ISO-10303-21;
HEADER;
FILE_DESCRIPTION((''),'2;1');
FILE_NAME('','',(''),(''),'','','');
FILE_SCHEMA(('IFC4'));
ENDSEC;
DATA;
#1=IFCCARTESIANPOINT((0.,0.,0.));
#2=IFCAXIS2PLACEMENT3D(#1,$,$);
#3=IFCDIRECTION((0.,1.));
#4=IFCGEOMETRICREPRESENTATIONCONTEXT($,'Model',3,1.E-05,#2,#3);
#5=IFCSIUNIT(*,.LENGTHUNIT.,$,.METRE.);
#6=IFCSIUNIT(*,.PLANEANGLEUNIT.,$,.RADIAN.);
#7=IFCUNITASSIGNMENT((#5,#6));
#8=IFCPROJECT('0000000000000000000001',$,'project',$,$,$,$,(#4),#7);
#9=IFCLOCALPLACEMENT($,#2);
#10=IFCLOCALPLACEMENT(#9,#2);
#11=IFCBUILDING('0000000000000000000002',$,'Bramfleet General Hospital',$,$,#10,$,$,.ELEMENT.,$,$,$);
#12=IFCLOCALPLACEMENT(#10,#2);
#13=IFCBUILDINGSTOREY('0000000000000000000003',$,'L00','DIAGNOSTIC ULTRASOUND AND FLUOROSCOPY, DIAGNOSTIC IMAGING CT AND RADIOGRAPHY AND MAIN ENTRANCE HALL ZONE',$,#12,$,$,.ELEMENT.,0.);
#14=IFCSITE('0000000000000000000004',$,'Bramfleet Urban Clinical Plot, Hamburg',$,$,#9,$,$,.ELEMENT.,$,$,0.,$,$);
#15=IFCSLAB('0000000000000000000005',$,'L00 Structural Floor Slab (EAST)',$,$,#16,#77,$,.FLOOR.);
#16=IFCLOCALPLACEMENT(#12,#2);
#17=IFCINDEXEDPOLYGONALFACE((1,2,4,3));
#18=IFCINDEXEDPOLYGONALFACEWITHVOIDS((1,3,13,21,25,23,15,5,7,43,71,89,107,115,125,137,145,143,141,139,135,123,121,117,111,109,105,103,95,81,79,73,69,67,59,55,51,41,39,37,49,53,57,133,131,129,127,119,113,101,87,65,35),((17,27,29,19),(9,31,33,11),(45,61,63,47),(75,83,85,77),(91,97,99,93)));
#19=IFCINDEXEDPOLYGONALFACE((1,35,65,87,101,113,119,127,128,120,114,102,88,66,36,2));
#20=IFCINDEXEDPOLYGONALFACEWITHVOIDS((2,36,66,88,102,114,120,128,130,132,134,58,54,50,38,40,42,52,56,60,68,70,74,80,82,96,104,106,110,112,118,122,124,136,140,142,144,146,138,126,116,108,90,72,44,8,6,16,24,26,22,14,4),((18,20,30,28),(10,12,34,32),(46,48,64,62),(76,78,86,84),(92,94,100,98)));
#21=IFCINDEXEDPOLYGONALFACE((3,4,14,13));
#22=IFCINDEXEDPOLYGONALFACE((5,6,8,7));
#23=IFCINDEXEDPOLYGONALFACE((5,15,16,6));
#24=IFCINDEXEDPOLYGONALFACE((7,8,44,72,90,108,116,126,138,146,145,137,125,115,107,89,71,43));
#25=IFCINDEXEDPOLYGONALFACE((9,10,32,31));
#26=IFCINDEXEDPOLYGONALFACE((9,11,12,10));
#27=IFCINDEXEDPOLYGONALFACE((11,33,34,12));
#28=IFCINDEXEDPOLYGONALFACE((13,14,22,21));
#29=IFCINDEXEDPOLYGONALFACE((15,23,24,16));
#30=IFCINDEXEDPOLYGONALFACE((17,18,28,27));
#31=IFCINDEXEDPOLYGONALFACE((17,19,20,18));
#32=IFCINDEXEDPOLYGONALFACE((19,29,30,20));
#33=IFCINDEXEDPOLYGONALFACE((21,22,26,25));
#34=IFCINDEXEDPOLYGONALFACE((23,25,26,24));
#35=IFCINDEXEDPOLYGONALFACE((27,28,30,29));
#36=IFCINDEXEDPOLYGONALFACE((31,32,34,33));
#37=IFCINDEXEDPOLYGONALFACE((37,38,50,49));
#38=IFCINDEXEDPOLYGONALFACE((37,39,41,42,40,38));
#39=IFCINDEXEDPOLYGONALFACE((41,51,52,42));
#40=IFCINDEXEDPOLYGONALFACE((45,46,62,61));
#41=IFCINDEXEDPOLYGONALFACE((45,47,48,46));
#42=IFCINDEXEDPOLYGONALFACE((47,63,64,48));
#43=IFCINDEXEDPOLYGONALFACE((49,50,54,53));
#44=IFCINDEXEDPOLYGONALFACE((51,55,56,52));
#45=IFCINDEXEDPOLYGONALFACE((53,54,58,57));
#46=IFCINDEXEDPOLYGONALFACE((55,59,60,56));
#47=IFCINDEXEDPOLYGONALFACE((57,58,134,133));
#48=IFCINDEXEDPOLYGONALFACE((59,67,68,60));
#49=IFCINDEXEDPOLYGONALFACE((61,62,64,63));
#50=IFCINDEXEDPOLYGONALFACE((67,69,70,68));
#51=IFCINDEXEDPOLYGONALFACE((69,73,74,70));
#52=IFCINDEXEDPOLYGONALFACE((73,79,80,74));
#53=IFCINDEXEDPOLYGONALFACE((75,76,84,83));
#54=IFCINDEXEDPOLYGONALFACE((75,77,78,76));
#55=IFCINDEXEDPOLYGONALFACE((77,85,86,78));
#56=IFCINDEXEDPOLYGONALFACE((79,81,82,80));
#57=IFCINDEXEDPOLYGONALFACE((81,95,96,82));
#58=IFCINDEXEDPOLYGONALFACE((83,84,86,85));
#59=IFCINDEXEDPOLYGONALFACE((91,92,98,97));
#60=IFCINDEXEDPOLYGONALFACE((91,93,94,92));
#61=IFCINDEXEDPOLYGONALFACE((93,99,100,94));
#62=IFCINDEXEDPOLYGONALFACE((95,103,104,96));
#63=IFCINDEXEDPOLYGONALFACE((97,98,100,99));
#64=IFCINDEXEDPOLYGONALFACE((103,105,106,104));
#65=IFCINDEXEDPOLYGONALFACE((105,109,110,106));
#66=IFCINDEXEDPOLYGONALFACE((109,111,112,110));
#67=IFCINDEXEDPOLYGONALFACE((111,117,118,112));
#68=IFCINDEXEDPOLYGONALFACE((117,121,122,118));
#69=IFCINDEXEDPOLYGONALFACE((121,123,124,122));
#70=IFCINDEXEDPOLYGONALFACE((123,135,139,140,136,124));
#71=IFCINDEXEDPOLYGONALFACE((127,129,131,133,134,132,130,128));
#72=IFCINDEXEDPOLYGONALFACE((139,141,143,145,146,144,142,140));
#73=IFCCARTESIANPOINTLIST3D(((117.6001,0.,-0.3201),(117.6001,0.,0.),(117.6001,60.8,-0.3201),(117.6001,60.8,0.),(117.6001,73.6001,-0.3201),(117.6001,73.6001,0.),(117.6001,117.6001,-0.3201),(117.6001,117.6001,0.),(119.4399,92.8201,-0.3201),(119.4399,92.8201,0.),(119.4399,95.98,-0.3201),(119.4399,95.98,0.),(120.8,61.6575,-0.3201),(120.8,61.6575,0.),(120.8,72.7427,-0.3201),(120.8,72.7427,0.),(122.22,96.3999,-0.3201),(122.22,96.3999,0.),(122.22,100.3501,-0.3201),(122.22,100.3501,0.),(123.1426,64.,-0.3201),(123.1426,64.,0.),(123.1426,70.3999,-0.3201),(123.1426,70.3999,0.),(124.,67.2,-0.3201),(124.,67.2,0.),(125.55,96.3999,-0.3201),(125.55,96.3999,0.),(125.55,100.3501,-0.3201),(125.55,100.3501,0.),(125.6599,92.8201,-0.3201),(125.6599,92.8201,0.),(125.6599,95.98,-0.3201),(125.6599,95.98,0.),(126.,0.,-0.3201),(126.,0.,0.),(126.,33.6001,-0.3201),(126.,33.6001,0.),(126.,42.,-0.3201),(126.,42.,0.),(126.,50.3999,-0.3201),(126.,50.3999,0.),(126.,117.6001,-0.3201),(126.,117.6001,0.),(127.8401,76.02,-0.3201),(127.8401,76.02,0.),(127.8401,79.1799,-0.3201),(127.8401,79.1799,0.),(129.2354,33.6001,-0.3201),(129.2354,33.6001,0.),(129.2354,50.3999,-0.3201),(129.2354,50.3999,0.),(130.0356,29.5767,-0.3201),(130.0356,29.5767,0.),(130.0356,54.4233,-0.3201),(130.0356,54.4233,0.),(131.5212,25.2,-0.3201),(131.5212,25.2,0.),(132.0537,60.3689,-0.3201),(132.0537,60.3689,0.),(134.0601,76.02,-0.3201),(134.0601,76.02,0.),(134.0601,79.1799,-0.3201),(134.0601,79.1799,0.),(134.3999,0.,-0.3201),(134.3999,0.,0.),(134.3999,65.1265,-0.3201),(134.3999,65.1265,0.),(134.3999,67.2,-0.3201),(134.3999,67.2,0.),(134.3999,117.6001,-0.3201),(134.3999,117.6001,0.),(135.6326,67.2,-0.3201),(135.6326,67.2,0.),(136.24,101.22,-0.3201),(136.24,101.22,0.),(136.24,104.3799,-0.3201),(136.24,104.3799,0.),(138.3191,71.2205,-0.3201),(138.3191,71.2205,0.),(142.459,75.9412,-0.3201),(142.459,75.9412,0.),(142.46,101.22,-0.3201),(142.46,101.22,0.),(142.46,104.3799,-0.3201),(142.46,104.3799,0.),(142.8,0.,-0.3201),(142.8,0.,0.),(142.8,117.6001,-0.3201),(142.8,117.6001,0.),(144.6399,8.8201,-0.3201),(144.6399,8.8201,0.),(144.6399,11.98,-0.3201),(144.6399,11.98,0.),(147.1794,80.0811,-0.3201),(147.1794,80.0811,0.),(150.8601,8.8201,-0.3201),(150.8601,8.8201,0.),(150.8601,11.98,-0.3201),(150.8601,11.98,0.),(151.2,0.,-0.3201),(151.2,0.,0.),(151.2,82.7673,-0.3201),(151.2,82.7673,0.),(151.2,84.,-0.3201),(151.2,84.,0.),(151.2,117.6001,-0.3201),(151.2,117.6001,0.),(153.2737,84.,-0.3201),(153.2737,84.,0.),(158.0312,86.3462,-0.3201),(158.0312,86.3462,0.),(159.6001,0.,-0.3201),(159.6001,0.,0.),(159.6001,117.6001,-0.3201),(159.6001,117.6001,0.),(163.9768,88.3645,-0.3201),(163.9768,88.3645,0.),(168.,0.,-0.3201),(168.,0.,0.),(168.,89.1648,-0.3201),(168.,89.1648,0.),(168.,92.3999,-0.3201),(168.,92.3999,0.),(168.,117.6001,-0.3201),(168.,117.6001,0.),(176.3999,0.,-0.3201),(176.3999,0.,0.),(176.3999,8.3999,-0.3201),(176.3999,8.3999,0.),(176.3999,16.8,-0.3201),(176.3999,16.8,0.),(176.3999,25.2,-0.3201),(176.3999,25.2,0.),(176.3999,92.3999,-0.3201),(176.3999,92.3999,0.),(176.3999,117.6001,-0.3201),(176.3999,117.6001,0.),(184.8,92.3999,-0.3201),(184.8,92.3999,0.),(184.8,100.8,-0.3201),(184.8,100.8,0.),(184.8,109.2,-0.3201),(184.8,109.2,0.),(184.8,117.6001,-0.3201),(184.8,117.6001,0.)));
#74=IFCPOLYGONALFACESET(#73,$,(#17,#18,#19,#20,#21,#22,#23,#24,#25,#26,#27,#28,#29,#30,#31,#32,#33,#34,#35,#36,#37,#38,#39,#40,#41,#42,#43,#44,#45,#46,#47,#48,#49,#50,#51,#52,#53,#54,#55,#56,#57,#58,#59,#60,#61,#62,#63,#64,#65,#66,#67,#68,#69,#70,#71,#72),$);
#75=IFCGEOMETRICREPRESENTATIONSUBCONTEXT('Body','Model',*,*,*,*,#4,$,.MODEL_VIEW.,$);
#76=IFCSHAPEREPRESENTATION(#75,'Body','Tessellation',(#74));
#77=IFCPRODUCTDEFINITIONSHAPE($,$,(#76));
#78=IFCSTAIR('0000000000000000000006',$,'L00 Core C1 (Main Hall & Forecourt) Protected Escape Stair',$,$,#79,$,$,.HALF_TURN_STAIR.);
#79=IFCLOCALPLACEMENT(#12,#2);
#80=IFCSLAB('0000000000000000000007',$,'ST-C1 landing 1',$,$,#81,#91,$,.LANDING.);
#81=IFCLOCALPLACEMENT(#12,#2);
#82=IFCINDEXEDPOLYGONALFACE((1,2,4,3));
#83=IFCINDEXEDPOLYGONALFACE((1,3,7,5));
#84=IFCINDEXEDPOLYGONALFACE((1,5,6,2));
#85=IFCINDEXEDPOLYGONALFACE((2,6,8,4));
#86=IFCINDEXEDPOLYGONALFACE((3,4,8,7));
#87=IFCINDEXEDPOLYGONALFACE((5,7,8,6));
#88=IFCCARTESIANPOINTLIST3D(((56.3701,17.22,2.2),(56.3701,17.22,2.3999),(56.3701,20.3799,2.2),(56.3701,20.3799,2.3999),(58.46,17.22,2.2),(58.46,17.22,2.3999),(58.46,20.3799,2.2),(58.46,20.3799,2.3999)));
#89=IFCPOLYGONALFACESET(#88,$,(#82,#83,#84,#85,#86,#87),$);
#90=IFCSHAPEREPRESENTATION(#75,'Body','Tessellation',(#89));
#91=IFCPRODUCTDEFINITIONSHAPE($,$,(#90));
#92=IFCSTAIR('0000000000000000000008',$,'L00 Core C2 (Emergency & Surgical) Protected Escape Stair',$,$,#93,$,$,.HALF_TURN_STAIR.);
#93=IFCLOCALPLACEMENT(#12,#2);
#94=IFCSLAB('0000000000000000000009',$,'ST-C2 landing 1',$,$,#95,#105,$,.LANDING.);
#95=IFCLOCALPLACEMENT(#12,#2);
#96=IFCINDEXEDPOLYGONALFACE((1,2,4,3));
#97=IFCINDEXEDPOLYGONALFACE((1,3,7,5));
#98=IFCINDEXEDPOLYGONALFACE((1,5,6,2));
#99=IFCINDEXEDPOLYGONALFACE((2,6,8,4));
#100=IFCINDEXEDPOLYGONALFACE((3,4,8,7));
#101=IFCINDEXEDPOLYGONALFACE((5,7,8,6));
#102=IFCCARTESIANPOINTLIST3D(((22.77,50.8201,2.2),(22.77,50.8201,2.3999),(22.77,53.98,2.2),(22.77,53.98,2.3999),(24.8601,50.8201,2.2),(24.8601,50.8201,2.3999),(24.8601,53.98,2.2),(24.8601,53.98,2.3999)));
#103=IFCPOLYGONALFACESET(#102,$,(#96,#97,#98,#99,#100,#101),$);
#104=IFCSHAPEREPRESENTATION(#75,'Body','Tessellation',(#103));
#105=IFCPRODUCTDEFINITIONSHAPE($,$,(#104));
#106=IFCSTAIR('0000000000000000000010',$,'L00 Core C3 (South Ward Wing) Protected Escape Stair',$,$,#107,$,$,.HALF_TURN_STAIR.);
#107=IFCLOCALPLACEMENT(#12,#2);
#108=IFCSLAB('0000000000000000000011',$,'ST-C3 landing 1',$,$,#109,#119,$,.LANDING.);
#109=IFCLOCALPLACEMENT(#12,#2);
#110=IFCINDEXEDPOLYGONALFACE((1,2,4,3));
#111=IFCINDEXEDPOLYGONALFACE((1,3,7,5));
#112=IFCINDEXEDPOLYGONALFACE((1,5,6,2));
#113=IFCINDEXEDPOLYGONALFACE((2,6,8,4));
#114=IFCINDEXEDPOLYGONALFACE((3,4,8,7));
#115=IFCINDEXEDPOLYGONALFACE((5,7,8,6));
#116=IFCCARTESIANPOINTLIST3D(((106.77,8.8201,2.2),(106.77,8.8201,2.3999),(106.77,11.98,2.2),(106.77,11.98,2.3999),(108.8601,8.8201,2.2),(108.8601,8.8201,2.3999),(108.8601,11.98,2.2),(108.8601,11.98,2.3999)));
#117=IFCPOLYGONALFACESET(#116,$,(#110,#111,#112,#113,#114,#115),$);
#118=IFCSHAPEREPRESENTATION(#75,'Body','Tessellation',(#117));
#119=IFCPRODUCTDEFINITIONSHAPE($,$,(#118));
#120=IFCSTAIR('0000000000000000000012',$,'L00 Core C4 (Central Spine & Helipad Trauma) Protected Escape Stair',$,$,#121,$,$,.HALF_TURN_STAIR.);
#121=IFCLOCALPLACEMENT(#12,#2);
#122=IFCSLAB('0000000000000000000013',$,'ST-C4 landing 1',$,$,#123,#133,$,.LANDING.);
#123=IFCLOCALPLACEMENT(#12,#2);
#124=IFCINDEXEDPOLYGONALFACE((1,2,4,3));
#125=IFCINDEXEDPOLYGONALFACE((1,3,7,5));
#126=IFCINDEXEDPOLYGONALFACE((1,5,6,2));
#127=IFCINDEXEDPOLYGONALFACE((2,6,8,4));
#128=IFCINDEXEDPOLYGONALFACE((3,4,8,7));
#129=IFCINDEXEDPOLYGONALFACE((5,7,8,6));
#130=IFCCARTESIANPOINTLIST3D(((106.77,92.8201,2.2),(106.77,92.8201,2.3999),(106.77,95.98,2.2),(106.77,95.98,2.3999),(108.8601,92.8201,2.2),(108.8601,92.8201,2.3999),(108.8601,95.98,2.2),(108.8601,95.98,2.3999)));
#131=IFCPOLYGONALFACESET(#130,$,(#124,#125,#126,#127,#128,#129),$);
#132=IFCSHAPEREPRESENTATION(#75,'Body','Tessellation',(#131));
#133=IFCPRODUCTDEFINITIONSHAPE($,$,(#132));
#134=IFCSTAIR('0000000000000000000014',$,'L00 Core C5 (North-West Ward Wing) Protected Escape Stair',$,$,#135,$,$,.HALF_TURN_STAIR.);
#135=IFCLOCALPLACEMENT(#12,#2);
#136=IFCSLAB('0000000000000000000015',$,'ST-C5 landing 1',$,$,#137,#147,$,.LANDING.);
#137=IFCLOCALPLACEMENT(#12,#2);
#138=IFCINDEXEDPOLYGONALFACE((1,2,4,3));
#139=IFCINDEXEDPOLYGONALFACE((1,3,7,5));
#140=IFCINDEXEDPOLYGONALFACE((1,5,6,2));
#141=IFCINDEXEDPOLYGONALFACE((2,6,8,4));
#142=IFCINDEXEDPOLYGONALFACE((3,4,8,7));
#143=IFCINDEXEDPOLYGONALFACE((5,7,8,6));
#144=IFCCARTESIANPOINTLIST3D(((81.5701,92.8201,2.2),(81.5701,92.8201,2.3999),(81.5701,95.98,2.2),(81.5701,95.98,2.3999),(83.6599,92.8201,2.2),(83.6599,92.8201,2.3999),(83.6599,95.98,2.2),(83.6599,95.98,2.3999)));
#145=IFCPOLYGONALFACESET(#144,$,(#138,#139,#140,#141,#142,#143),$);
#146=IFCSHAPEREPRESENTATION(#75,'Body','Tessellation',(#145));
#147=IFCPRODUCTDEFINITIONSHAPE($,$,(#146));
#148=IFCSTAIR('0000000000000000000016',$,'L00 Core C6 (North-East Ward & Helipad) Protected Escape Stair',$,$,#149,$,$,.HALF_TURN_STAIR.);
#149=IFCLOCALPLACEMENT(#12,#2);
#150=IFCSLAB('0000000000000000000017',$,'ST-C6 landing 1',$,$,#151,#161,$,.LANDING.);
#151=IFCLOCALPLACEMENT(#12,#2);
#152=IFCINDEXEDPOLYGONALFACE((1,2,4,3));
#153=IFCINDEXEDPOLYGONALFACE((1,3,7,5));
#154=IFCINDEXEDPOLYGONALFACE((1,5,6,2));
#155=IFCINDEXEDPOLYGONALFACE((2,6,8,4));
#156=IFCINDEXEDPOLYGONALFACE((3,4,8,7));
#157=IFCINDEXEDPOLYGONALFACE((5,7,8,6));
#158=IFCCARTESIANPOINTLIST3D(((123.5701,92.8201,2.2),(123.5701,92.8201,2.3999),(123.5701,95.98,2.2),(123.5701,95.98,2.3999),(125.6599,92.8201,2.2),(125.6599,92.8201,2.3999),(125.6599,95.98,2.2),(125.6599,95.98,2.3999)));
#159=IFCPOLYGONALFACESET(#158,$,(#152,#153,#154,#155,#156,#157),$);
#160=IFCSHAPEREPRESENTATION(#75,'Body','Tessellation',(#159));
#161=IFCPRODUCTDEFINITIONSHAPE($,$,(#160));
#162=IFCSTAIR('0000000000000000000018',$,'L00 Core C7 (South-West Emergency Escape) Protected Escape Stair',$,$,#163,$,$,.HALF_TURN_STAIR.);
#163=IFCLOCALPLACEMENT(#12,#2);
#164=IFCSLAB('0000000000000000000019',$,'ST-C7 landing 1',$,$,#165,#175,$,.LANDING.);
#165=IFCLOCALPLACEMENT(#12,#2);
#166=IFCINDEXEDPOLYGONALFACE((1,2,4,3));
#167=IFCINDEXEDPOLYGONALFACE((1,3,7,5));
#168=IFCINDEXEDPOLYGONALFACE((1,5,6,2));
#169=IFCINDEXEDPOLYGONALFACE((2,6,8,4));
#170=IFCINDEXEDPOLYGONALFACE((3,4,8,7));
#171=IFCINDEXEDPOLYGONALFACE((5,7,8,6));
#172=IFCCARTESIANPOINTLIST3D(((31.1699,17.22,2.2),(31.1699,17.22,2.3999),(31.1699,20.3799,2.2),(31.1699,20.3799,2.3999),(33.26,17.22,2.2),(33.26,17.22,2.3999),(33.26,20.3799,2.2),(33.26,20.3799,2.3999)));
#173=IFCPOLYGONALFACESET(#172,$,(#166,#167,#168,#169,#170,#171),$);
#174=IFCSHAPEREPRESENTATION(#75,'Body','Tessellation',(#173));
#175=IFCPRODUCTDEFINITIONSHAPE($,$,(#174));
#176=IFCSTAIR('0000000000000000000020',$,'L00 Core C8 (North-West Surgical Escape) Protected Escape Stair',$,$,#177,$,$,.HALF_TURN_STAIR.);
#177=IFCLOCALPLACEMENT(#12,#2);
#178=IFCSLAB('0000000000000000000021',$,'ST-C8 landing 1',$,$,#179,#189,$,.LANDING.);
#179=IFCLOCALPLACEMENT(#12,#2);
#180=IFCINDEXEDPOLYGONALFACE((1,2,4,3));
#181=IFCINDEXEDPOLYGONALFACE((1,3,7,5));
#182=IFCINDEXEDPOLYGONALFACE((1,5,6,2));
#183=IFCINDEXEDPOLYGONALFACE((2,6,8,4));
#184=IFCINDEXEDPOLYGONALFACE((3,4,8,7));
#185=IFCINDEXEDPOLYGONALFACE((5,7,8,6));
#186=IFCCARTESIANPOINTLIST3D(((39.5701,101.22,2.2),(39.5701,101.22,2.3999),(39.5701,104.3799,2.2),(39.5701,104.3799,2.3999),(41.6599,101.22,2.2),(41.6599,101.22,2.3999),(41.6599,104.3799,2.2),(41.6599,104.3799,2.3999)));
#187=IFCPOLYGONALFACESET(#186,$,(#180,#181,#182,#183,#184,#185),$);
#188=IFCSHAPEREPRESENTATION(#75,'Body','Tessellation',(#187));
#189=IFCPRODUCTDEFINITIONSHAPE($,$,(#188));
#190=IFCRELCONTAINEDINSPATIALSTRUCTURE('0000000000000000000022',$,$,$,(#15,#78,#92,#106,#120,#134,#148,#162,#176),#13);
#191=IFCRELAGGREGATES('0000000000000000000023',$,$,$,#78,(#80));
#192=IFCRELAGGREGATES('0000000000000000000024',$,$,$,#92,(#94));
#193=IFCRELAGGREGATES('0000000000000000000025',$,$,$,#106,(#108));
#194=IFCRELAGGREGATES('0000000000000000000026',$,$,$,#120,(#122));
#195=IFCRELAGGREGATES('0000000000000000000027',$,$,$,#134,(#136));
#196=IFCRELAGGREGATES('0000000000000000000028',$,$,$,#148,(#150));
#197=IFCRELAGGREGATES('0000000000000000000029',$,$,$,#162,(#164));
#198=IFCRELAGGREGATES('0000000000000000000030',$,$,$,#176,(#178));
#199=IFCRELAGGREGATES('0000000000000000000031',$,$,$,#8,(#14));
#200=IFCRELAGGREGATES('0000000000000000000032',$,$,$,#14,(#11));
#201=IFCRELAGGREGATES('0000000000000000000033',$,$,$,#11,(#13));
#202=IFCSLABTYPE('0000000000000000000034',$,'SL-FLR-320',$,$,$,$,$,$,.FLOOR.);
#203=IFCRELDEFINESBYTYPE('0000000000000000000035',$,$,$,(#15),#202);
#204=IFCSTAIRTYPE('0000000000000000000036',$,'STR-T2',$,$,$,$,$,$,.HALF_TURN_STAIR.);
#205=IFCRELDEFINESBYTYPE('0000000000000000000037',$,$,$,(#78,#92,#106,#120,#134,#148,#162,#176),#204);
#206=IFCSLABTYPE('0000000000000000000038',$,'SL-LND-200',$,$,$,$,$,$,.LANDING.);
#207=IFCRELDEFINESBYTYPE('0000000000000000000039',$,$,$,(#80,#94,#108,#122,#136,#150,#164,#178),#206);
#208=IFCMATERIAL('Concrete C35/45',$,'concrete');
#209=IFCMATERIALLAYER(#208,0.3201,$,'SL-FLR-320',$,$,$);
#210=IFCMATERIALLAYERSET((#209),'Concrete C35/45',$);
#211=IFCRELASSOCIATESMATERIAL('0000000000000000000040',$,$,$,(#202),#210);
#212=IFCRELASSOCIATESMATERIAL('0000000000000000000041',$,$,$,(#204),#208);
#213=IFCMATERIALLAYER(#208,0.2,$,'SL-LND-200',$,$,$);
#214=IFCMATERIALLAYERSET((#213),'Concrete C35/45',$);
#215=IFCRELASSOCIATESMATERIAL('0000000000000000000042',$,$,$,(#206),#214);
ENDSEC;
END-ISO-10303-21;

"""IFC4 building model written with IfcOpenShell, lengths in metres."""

from ifc_helpers import new_model, si_unit, direction, frame, origin, place, context, subcontext, project, spatial, polyline, outline, extrude, material, layer, layer_set, type_object, element, aggregate, save


model = new_model("IFC4")

# Units and contexts
model_context = context("Model", 3, precision=1e-05, world=origin(), true_north=direction((0.0, 1.0)))
body_context = subcontext(model_context, "Body", "Model", "MODEL_VIEW")
ifc_project = project(units=[si_unit("LENGTHUNIT", "METRE"), si_unit("PLANEANGLEUNIT", "RADIAN")], contexts=[model_context])

# Site, building, storey
site_placement = place(None, origin())
site = spatial("IfcSite", under=ifc_project, at=site_placement, Name="Bramfleet Urban Clinical Plot, Hamburg", CompositionType="ELEMENT", RefElevation=0.0)
building_placement = place(site_placement, origin())
building = spatial("IfcBuilding", under=site, at=building_placement, Name="Bramfleet General Hospital", CompositionType="ELEMENT")
storey_placement = place(building_placement, origin())
storey = spatial("IfcBuildingStorey", under=building, at=storey_placement, Name="L00", Description="DIAGNOSTIC ULTRASOUND AND FLUOROSCOPY, DIAGNOSTIC IMAGING CT AND RADIOGRAPHY AND MAIN ENTRANCE HALL ZONE", CompositionType="ELEMENT", Elevation=0.0)

# Slab
ifc_material_1 = material(Name="Concrete C35/45", Category="concrete")
ifc_layer_1 = layer(ifc_material_1, 0.3201, Name="SL-FLR-320")
ifc_layer_set_1 = layer_set([ifc_layer_1], Name="Concrete C35/45")
slab_type_1 = type_object("IfcSlabType", Name="SL-FLR-320", PredefinedType="FLOOR", material=ifc_layer_set_1)
slab_1_placement = place(storey_placement, frame((0.0, 0.0, -0.3201)))
element("IfcSlab", 1, at=slab_1_placement, inside=storey, type_object=slab_type_1, Name="L00 Structural Floor Slab (EAST)", PredefinedType="FLOOR", context=body_context, shape_type="SweptSolid", body=[
    extrude(outline(polyline([(126.0, 117.6001), (134.3999, 117.6001), (142.8, 117.6001), (151.2, 117.6001), (159.6001, 117.6001), (168.0, 117.6001), (176.3999, 117.6001), (184.8, 117.6001), (184.8, 109.2), (184.8, 100.8), (184.8, 92.3999), (176.3999, 92.3999), (168.0, 92.3999), (168.0, 89.1648), (163.9768, 88.3645), (158.0312, 86.3462), (153.2737, 84.0), (151.2, 84.0), (151.2, 82.7673), (147.1794, 80.0811), (142.459, 75.9412), (138.3191, 71.2205), (135.6326, 67.2), (134.3999, 67.2), (134.3999, 65.1265), (132.0537, 60.3689), (130.0356, 54.4233), (129.2354, 50.3999), (126.0, 50.3999), (126.0, 42.0), (126.0, 33.6001), (129.2354, 33.6001), (130.0356, 29.5767), (131.5212, 25.2), (176.3999, 25.2), (176.3999, 16.8), (176.3999, 8.3999), (176.3999, 0.0), (168.0, 0.0), (159.6001, 0.0), (151.2, 0.0), (142.8, 0.0), (134.3999, 0.0), (126.0, 0.0), (117.6001, 0.0), (117.6001, 60.8), (120.8, 61.6575), (123.1426, 64.0), (124.0, 67.2), (123.1426, 70.3999), (120.8, 72.7427), (117.6001, 73.6001), (117.6001, 117.6001), (126.0, 117.6001)]), holes=[polyline([(119.4399, 92.8201), (125.6599, 92.8201), (125.6599, 95.98), (119.4399, 95.98), (119.4399, 92.8201)]), polyline([(122.22, 96.3999), (125.55, 96.3999), (125.55, 100.3501), (122.22, 100.3501), (122.22, 96.3999)]), polyline([(136.24, 101.22), (142.46, 101.22), (142.46, 104.3799), (136.24, 104.3799), (136.24, 101.22)]), polyline([(144.6399, 8.8201), (150.8601, 8.8201), (150.8601, 11.98), (144.6399, 11.98), (144.6399, 8.8201)]), polyline([(127.8401, 76.02), (134.0601, 76.02), (134.0601, 79.1799), (127.8401, 79.1799), (127.8401, 76.02)])]), origin(), (0.0, 0.0, 1.0), 0.3201),
])

# Stairs, slabs
stair_type = type_object("IfcStairType", Name="STR-T2", PredefinedType="HALF_TURN_STAIR", material=ifc_material_1)
stair_1_placement = place(storey_placement, origin())
stair_1 = element("IfcStair", 2, at=stair_1_placement, inside=storey, type_object=stair_type, Name="L00 Core C1 (Main Hall & Forecourt) Protected Escape Stair", PredefinedType="HALF_TURN_STAIR")
ifc_layer_2 = layer(ifc_material_1, 0.2, Name="SL-LND-200")
ifc_layer_set_2 = layer_set([ifc_layer_2], Name="Concrete C35/45")
slab_type_2 = type_object("IfcSlabType", Name="SL-LND-200", PredefinedType="LANDING", material=ifc_layer_set_2)
slab_2_placement = place(storey_placement, frame((0.0, 0.0, 2.2)))
slab_2 = element("IfcSlab", 3, at=slab_2_placement, type_object=slab_type_2, Name="ST-C1 landing 1", PredefinedType="LANDING", context=body_context, shape_type="SweptSolid", body=[
    extrude(outline(polyline([(56.3701, 17.22), (58.46, 17.22), (58.46, 20.3799), (56.3701, 20.3799), (56.3701, 17.22)])), origin(), (0.0, 0.0, 1.0), 0.2),
])
aggregate(stair_1, [slab_2])
stair_2_placement = place(storey_placement, origin())
stair_2 = element("IfcStair", 4, at=stair_2_placement, inside=storey, type_object=stair_type, Name="L00 Core C2 (Emergency & Surgical) Protected Escape Stair", PredefinedType="HALF_TURN_STAIR")
slab_3_placement = place(storey_placement, frame((0.0, 0.0, 2.2)))
slab_3 = element("IfcSlab", 5, at=slab_3_placement, type_object=slab_type_2, Name="ST-C2 landing 1", PredefinedType="LANDING", context=body_context, shape_type="SweptSolid", body=[
    extrude(outline(polyline([(22.77, 50.8201), (24.8601, 50.8201), (24.8601, 53.98), (22.77, 53.98), (22.77, 50.8201)])), origin(), (0.0, 0.0, 1.0), 0.2),
])
aggregate(stair_2, [slab_3])
stair_3_placement = place(storey_placement, origin())
stair_3 = element("IfcStair", 6, at=stair_3_placement, inside=storey, type_object=stair_type, Name="L00 Core C3 (South Ward Wing) Protected Escape Stair", PredefinedType="HALF_TURN_STAIR")
slab_4_placement = place(storey_placement, frame((0.0, 0.0, 2.2)))
slab_4 = element("IfcSlab", 7, at=slab_4_placement, type_object=slab_type_2, Name="ST-C3 landing 1", PredefinedType="LANDING", context=body_context, shape_type="SweptSolid", body=[
    extrude(outline(polyline([(106.77, 8.8201), (108.8601, 8.8201), (108.8601, 11.98), (106.77, 11.98), (106.77, 8.8201)])), origin(), (0.0, 0.0, 1.0), 0.2),
])
aggregate(stair_3, [slab_4])
stair_4_placement = place(storey_placement, origin())
stair_4 = element("IfcStair", 8, at=stair_4_placement, inside=storey, type_object=stair_type, Name="L00 Core C4 (Central Spine & Helipad Trauma) Protected Escape Stair", PredefinedType="HALF_TURN_STAIR")
slab_5_placement = place(storey_placement, frame((0.0, 0.0, 2.2)))
slab_5 = element("IfcSlab", 9, at=slab_5_placement, type_object=slab_type_2, Name="ST-C4 landing 1", PredefinedType="LANDING", context=body_context, shape_type="SweptSolid", body=[
    extrude(outline(polyline([(106.77, 92.8201), (108.8601, 92.8201), (108.8601, 95.98), (106.77, 95.98), (106.77, 92.8201)])), origin(), (0.0, 0.0, 1.0), 0.2),
])
aggregate(stair_4, [slab_5])
stair_5_placement = place(storey_placement, origin())
stair_5 = element("IfcStair", 10, at=stair_5_placement, inside=storey, type_object=stair_type, Name="L00 Core C5 (North-West Ward Wing) Protected Escape Stair", PredefinedType="HALF_TURN_STAIR")
slab_6_placement = place(storey_placement, frame((0.0, 0.0, 2.2)))
slab_6 = element("IfcSlab", 11, at=slab_6_placement, type_object=slab_type_2, Name="ST-C5 landing 1", PredefinedType="LANDING", context=body_context, shape_type="SweptSolid", body=[
    extrude(outline(polyline([(81.5701, 92.8201), (83.6599, 92.8201), (83.6599, 95.98), (81.5701, 95.98), (81.5701, 92.8201)])), origin(), (0.0, 0.0, 1.0), 0.2),
])
aggregate(stair_5, [slab_6])
stair_6_placement = place(storey_placement, origin())
stair_6 = element("IfcStair", 12, at=stair_6_placement, inside=storey, type_object=stair_type, Name="L00 Core C6 (North-East Ward & Helipad) Protected Escape Stair", PredefinedType="HALF_TURN_STAIR")
slab_7_placement = place(storey_placement, frame((0.0, 0.0, 2.2)))
slab_7 = element("IfcSlab", 13, at=slab_7_placement, type_object=slab_type_2, Name="ST-C6 landing 1", PredefinedType="LANDING", context=body_context, shape_type="SweptSolid", body=[
    extrude(outline(polyline([(123.5701, 92.8201), (125.6599, 92.8201), (125.6599, 95.98), (123.5701, 95.98), (123.5701, 92.8201)])), origin(), (0.0, 0.0, 1.0), 0.2),
])
aggregate(stair_6, [slab_7])
stair_7_placement = place(storey_placement, origin())
stair_7 = element("IfcStair", 14, at=stair_7_placement, inside=storey, type_object=stair_type, Name="L00 Core C7 (South-West Emergency Escape) Protected Escape Stair", PredefinedType="HALF_TURN_STAIR")
slab_8_placement = place(storey_placement, frame((0.0, 0.0, 2.2)))
slab_8 = element("IfcSlab", 15, at=slab_8_placement, type_object=slab_type_2, Name="ST-C7 landing 1", PredefinedType="LANDING", context=body_context, shape_type="SweptSolid", body=[
    extrude(outline(polyline([(31.1699, 17.22), (33.26, 17.22), (33.26, 20.3799), (31.1699, 20.3799), (31.1699, 17.22)])), origin(), (0.0, 0.0, 1.0), 0.2),
])
aggregate(stair_7, [slab_8])
stair_8_placement = place(storey_placement, origin())
stair_8 = element("IfcStair", 16, at=stair_8_placement, inside=storey, type_object=stair_type, Name="L00 Core C8 (North-West Surgical Escape) Protected Escape Stair", PredefinedType="HALF_TURN_STAIR")
slab_9_placement = place(storey_placement, frame((0.0, 0.0, 2.2)))
slab_9 = element("IfcSlab", 17, at=slab_9_placement, type_object=slab_type_2, Name="ST-C8 landing 1", PredefinedType="LANDING", context=body_context, shape_type="SweptSolid", body=[
    extrude(outline(polyline([(39.5701, 101.22), (41.6599, 101.22), (41.6599, 104.3799), (39.5701, 104.3799), (39.5701, 101.22)])), origin(), (0.0, 0.0, 1.0), 0.2),
])
aggregate(stair_8, [slab_9])

save(model, "model.ifc")
